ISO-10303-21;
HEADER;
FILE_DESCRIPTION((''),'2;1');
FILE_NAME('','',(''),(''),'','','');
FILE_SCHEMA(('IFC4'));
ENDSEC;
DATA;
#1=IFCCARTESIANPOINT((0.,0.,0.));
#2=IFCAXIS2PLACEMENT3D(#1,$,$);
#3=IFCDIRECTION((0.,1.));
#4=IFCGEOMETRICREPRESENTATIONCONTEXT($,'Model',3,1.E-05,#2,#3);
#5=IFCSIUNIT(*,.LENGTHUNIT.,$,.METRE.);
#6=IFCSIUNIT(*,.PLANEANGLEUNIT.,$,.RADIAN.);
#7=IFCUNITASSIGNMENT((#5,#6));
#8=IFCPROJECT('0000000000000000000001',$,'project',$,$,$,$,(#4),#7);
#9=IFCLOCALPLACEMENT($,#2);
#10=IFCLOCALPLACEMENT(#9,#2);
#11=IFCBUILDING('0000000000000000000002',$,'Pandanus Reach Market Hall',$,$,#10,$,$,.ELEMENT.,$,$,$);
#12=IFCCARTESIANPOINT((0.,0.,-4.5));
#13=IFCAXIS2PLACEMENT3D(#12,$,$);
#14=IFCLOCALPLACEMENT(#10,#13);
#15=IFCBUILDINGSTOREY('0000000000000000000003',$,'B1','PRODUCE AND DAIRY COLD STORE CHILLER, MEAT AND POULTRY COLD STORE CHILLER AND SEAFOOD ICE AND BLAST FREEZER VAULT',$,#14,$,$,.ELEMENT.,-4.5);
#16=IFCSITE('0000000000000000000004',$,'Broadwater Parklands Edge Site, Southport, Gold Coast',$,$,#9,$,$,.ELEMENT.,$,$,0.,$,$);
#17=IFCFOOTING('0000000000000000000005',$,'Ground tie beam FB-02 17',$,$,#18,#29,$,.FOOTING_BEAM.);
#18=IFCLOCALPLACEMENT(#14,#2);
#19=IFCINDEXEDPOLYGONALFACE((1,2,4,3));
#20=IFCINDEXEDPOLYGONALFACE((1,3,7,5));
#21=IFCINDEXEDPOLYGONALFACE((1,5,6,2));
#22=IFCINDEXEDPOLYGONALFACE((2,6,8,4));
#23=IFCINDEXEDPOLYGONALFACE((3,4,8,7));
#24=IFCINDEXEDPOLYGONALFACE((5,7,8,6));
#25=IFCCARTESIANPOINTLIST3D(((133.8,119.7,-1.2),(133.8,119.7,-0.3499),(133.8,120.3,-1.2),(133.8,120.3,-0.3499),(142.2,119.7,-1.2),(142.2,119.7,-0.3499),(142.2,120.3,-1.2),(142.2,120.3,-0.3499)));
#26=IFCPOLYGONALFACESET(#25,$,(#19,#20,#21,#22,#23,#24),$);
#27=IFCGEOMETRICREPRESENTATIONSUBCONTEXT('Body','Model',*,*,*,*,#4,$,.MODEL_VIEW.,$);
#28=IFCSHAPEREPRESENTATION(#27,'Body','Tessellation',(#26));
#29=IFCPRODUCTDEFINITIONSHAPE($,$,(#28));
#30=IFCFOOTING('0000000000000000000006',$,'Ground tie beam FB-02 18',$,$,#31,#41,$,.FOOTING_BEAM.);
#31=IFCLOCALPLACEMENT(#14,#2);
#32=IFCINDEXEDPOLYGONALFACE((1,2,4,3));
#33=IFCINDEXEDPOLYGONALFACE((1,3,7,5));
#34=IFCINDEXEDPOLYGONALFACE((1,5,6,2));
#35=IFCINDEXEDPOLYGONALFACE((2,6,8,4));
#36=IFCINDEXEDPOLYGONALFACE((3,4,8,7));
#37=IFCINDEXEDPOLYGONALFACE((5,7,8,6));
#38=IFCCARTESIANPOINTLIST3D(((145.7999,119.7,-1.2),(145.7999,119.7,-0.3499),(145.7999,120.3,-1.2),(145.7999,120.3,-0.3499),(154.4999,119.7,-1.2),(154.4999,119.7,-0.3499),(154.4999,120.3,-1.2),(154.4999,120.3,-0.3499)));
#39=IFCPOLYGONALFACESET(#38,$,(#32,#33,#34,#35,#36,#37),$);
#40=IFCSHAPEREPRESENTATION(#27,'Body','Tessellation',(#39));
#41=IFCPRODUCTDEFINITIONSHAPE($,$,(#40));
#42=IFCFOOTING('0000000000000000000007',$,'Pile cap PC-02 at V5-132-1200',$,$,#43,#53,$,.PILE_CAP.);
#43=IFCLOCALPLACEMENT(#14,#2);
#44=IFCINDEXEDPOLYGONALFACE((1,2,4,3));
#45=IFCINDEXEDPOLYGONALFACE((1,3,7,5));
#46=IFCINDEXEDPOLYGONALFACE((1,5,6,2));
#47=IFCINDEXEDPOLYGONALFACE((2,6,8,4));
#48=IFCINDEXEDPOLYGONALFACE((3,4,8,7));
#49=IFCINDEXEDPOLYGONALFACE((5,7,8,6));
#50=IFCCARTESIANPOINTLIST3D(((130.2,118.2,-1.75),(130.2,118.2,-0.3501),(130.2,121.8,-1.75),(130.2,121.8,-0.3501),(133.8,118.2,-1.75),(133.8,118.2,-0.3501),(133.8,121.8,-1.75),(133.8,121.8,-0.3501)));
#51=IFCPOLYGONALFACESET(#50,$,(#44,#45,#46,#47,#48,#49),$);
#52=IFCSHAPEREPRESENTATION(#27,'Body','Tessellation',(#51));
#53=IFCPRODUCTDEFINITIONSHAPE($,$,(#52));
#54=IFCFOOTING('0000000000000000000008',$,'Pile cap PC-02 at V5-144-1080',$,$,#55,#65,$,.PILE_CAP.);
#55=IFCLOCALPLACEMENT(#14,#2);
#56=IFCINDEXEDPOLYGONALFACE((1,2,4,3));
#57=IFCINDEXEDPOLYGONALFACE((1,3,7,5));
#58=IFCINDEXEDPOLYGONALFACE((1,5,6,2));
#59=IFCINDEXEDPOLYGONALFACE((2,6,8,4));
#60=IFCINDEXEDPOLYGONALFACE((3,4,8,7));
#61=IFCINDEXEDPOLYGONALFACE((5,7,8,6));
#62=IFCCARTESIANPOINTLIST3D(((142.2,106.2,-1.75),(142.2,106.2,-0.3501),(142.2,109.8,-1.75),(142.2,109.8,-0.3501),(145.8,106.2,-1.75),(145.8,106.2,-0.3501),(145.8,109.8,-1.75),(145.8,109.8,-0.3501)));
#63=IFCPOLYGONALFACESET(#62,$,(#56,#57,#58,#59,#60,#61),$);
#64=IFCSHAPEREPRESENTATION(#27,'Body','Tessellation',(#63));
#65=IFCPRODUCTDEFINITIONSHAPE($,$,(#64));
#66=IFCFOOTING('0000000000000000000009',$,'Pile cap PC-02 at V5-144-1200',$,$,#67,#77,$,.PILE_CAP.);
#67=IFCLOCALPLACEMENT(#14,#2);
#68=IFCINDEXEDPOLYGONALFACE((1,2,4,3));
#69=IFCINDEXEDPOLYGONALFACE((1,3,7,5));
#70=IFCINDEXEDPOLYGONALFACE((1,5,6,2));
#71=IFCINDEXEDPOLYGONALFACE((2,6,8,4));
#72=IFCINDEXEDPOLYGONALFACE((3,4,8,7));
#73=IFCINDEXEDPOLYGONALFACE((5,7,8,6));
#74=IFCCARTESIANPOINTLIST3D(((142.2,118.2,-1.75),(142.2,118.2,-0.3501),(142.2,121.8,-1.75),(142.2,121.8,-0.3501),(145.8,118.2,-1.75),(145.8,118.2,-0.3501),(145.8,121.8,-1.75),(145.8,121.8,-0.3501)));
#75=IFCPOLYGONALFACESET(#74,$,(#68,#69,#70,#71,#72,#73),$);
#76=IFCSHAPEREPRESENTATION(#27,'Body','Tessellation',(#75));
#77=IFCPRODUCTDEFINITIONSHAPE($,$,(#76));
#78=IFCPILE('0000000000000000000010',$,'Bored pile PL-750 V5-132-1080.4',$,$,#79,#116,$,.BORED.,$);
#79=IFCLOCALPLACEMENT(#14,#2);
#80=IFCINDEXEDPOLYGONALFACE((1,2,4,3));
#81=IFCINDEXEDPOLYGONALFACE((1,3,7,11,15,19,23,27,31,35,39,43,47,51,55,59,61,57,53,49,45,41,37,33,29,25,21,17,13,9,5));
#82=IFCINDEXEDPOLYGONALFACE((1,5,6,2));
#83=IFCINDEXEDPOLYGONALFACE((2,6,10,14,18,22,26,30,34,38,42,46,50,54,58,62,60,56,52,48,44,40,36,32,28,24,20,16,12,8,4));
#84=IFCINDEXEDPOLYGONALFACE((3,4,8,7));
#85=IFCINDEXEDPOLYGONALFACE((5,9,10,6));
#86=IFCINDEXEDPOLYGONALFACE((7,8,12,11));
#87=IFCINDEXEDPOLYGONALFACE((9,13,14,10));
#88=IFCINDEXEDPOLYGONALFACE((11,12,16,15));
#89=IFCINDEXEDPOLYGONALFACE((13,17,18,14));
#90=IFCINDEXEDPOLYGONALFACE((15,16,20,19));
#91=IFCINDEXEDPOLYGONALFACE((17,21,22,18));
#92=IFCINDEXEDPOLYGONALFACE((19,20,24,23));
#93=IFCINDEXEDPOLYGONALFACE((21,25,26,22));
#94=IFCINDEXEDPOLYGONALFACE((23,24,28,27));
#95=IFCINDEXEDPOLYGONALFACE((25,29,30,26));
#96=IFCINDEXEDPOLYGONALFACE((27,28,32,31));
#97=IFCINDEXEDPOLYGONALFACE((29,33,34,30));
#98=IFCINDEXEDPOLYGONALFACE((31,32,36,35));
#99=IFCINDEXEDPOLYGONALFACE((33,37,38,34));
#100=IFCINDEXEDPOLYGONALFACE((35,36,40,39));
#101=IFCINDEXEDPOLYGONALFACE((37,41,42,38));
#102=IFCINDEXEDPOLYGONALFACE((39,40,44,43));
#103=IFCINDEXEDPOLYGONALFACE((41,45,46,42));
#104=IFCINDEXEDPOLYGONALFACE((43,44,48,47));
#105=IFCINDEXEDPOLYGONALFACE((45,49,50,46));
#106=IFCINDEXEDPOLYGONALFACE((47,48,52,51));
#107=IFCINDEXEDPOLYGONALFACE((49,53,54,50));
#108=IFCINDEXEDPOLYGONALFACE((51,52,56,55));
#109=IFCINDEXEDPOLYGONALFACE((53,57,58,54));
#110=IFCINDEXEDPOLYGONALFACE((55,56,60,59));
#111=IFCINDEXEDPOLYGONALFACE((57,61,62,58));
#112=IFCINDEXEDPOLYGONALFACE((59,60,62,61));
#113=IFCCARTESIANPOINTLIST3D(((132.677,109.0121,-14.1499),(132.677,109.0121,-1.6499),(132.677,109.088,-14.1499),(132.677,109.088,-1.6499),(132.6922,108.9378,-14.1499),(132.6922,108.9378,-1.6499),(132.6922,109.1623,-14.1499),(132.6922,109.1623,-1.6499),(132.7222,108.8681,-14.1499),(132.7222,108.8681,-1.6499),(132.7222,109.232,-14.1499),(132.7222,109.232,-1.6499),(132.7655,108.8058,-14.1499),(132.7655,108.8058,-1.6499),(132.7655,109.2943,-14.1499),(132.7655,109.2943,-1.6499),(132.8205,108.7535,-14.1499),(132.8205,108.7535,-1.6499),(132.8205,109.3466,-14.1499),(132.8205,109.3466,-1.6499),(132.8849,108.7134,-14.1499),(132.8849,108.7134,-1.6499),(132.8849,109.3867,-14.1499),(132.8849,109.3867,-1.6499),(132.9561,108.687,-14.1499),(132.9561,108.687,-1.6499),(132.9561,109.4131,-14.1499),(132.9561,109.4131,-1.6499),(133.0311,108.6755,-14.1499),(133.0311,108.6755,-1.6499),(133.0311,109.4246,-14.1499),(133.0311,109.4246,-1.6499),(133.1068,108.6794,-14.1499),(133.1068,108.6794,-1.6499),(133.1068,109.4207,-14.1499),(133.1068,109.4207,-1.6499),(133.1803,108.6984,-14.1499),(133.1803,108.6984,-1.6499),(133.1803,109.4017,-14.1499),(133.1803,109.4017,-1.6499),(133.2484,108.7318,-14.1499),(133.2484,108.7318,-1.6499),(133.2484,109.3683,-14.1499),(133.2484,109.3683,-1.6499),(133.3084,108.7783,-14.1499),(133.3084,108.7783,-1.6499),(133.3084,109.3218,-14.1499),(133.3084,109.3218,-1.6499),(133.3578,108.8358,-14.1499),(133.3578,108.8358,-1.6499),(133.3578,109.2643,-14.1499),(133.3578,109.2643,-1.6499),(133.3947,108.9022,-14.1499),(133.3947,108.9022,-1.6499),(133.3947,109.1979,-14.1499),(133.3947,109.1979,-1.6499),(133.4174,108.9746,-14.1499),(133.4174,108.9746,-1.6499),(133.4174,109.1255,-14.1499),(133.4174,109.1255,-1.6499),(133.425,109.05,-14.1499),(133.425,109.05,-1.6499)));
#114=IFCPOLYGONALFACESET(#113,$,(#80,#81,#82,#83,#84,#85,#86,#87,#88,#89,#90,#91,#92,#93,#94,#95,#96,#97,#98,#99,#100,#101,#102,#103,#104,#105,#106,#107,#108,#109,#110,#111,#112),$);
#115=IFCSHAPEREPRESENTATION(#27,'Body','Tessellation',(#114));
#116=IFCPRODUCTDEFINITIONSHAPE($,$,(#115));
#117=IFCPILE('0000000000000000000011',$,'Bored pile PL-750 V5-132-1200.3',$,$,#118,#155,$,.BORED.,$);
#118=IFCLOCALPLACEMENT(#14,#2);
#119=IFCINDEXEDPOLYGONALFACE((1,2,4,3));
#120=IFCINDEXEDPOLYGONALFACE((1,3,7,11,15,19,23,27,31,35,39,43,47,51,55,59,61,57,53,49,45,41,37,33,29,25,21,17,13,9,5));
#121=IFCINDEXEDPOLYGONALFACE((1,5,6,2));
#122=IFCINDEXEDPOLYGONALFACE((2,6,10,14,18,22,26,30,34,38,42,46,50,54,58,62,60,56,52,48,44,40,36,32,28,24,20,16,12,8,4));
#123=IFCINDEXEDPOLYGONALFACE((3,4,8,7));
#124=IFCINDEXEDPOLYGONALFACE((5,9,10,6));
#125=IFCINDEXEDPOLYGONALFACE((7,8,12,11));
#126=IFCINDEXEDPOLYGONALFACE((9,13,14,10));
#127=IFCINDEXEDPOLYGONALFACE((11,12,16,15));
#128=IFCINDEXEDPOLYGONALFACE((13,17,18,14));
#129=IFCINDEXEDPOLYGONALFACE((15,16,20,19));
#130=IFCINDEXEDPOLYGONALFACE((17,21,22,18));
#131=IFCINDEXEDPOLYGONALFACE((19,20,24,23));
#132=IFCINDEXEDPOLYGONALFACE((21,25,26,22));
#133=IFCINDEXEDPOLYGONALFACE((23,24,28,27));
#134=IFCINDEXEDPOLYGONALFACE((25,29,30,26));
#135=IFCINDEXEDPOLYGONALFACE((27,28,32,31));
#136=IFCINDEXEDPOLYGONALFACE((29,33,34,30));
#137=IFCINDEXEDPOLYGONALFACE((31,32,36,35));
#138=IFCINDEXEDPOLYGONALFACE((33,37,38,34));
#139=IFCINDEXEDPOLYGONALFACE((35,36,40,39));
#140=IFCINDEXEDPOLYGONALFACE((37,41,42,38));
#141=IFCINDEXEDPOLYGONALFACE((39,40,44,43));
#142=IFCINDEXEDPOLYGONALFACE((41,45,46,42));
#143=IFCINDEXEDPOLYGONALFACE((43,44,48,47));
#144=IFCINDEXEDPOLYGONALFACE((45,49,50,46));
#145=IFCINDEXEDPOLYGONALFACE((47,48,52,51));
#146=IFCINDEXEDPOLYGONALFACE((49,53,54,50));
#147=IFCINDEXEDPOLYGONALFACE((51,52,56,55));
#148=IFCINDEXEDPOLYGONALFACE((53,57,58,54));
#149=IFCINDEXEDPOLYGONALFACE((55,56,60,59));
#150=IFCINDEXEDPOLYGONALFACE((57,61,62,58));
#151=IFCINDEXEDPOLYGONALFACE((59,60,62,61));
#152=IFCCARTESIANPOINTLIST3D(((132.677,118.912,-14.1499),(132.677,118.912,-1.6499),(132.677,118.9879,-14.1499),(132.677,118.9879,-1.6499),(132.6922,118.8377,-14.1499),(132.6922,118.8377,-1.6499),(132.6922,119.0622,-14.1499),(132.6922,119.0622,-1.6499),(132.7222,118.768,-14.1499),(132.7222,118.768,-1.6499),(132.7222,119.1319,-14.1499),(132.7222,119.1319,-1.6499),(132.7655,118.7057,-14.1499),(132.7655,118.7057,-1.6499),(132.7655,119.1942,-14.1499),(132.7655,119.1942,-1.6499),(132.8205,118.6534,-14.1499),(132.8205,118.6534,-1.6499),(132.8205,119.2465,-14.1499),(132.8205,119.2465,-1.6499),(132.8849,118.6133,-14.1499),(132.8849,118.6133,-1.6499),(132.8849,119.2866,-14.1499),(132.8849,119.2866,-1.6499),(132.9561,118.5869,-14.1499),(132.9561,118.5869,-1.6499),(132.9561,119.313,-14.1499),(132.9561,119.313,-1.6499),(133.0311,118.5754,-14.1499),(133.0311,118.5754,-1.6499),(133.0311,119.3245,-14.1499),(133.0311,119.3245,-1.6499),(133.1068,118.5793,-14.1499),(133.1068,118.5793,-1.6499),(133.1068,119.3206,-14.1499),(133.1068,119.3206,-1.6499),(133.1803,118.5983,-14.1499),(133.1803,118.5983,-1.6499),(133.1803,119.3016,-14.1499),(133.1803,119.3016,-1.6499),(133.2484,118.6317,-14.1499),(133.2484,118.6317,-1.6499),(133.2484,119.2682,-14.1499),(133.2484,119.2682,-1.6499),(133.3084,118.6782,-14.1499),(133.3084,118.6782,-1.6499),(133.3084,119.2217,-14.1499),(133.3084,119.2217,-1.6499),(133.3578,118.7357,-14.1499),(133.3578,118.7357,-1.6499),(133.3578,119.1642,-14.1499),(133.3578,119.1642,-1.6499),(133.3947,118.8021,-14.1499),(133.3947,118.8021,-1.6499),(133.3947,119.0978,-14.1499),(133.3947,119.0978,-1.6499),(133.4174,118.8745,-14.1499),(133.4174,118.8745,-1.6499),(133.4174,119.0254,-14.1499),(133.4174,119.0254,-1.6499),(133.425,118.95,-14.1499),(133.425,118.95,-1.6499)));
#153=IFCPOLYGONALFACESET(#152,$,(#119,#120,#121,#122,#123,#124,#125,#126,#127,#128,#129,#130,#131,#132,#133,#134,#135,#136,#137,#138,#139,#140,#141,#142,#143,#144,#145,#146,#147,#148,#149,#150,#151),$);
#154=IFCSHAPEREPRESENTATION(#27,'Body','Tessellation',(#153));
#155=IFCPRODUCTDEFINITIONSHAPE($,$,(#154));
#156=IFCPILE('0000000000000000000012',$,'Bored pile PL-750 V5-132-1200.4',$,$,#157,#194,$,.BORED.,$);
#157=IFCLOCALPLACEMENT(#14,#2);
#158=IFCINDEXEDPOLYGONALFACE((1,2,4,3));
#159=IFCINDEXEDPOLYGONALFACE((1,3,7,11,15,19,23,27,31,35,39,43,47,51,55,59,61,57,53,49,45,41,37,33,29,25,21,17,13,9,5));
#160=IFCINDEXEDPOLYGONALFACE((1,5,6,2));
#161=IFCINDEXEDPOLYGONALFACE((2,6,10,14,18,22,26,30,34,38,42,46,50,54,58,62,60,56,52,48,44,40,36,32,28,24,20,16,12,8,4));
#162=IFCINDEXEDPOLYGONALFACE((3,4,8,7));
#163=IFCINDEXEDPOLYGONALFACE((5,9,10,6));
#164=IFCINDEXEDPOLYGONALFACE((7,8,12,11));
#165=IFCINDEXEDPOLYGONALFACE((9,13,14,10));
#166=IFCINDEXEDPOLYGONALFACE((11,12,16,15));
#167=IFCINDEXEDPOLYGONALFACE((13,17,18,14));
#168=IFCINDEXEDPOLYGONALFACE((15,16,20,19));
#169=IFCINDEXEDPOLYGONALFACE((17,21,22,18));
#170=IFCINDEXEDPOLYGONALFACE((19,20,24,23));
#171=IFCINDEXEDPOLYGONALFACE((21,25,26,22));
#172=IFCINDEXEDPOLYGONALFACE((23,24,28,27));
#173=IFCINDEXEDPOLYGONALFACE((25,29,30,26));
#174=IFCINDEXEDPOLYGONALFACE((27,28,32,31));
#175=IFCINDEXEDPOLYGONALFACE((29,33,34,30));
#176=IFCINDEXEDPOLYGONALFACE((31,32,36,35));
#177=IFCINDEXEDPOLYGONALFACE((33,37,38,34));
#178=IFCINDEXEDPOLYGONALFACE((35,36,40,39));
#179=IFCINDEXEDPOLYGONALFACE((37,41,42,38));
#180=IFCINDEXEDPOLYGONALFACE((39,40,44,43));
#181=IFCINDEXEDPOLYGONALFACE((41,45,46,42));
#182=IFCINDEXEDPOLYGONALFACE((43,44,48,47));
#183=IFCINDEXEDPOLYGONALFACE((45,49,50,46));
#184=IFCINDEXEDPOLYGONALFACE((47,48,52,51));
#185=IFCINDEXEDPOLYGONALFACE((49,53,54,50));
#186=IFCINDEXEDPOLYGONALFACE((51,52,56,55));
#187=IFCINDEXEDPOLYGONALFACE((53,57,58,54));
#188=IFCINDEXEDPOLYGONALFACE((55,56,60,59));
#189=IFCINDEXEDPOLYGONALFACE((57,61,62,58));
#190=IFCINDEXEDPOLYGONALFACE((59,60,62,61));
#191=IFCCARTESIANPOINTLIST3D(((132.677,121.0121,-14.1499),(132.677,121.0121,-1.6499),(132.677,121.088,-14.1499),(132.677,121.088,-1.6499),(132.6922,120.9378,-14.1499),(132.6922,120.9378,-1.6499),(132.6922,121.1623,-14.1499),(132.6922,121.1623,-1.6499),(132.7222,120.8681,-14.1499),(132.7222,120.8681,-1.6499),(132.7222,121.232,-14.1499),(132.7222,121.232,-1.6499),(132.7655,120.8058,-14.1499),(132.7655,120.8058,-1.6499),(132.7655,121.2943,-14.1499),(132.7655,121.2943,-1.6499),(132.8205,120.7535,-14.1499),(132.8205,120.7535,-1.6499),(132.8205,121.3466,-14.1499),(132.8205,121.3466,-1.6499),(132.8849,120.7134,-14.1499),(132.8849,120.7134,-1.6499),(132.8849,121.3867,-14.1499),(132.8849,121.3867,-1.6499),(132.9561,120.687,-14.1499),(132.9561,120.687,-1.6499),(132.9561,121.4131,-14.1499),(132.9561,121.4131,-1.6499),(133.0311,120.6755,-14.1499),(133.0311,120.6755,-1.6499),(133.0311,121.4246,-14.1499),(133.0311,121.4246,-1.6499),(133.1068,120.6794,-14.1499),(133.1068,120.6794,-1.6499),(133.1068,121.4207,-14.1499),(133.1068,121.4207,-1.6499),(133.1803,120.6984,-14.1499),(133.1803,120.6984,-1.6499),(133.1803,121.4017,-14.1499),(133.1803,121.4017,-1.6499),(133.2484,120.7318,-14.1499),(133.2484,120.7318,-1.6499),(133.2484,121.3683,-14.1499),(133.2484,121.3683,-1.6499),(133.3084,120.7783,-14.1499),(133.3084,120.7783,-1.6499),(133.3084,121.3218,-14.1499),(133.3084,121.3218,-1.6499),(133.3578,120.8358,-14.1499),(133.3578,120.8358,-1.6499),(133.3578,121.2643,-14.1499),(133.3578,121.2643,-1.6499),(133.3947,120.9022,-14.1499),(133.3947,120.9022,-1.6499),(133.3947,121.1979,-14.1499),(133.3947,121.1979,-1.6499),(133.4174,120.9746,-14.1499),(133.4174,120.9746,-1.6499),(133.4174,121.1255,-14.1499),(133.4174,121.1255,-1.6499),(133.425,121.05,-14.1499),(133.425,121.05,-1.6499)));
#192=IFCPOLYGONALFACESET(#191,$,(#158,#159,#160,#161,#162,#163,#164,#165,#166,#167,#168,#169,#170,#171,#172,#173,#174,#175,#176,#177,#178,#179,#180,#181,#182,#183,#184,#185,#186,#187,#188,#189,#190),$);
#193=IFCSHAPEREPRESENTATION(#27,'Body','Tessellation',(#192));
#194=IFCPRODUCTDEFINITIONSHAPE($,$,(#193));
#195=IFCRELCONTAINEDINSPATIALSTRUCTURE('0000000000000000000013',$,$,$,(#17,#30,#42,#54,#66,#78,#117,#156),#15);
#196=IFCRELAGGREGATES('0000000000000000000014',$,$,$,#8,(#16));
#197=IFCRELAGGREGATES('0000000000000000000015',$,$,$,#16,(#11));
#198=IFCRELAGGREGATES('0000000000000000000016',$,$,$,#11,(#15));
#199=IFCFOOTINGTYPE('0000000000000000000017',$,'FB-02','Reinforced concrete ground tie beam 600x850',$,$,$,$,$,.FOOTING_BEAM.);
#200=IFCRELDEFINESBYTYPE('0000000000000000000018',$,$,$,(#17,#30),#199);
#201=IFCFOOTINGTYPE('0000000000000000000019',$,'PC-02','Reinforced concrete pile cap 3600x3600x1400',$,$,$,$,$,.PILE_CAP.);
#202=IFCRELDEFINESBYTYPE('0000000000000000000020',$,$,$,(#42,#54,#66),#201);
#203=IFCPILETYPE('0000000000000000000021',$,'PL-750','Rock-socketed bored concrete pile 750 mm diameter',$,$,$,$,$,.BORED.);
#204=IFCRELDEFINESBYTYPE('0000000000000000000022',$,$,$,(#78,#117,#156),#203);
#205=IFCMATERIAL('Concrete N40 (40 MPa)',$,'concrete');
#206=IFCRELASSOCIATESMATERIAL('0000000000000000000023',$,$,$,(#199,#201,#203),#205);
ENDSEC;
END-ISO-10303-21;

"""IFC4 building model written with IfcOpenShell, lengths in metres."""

from ifc_helpers import new_model, si_unit, direction, frame, origin, origin_2d, place, context, subcontext, project, spatial, rectangle, circle, extrude, material, material_profile, profile_set, type_object, element, save


model = new_model("IFC4")

# Units and contexts
model_context = context("Model", 3, precision=1e-05, world=origin(), true_north=direction((0.0, 1.0)))
body_context = subcontext(model_context, "Body", "Model", "MODEL_VIEW")
ifc_project = project(units=[si_unit("LENGTHUNIT", "METRE"), si_unit("PLANEANGLEUNIT", "RADIAN")], contexts=[model_context])

# Site, building, storey
site_placement = place(None, origin())
site = spatial("IfcSite", under=ifc_project, at=site_placement, Name="Broadwater Parklands Edge Site, Southport, Gold Coast", CompositionType="ELEMENT", RefElevation=0.0)
building_placement = place(site_placement, origin())
building = spatial("IfcBuilding", under=site, at=building_placement, Name="Pandanus Reach Market Hall", CompositionType="ELEMENT")
storey_placement = place(building_placement, frame((0.0, 0.0, -4.5)))
storey = spatial("IfcBuildingStorey", under=building, at=storey_placement, Name="B1", Description="PRODUCE AND DAIRY COLD STORE CHILLER, MEAT AND POULTRY COLD STORE CHILLER AND SEAFOOD ICE AND BLAST FREEZER VAULT", CompositionType="ELEMENT", Elevation=-4.5)

# Footings
ifc_material_1 = material(Name="Concrete N40 (40 MPa)", Category="concrete")
footing_type_1 = type_object("IfcFootingType", Name="FB-02", Description="Reinforced concrete ground tie beam 600x850", PredefinedType="FOOTING_BEAM", material=ifc_material_1)
footing_1_placement = place(storey_placement, frame((138.0, 120.0, -1.2), z_axis=(0.0, 0.0, 1.0), x_axis=(1.0, 0.0, 0.0)))
element("IfcFooting", 1, at=footing_1_placement, inside=storey, type_object=footing_type_1, Name="Ground tie beam FB-02 17", PredefinedType="FOOTING_BEAM", context=body_context, shape_type="SweptSolid", body=[
    extrude(rectangle(XDim=8.3999, YDim=0.6001, at=origin_2d()), origin(), (0.0, 0.0, 1.0), 0.8501),
])
footing_2_placement = place(storey_placement, frame((150.1499, 120.0, -1.2), z_axis=(0.0, 0.0, 1.0), x_axis=(1.0, 0.0, 0.0)))
element("IfcFooting", 2, at=footing_2_placement, inside=storey, type_object=footing_type_1, Name="Ground tie beam FB-02 18", PredefinedType="FOOTING_BEAM", context=body_context, shape_type="SweptSolid", body=[
    extrude(rectangle(XDim=8.7, YDim=0.6001, at=origin_2d()), origin(), (0.0, 0.0, 1.0), 0.8501),
])
footing_type_2 = type_object("IfcFootingType", Name="PC-02", Description="Reinforced concrete pile cap 3600x3600x1400", PredefinedType="PILE_CAP", material=ifc_material_1)
for number, where, z_axis, x_axis, name in (
    (3, (132.0, 120.0, -1.75), (0.0, 0.0, 1.0), (1.0, 0.0, 0.0), "Pile cap PC-02 at V5-132-1200"),
    (4, (144.0, 108.0, -1.75), (0.0, 0.0, 1.0), (1.0, 0.0, 0.0), "Pile cap PC-02 at V5-144-1080"),
    (5, (144.0, 120.0, -1.75), (0.0, 0.0, 1.0), (1.0, 0.0, 0.0), "Pile cap PC-02 at V5-144-1200"),
):
    element("IfcFooting", number, at=place(storey_placement, frame(where, z_axis=z_axis, x_axis=x_axis)), inside=storey, type_object=footing_type_2, Name=name, PredefinedType="PILE_CAP", context=body_context, shape_type="SweptSolid", body=[
        extrude(rectangle(XDim=3.6001, YDim=3.6001, at=origin_2d()), origin(), (0.0, 0.0, 1.0), 1.3999),
    ])

# Piles
ifc_material_profile_1 = material_profile(ifc_material_1, circle(Radius=0.375, at=origin_2d()), Name="PILE-750D", Category="LoadBearing")
ifc_profile_set_1 = profile_set([ifc_material_profile_1], Name="Concrete N40 (40 MPa)")
pile_type = type_object("IfcPileType", Name="PL-750", Description="Rock-socketed bored concrete pile 750 mm diameter", PredefinedType="BORED", material=ifc_profile_set_1)
for number, where, z_axis, x_axis, name in (
    (6, (133.05, 109.05, -1.6499), (0.0, 0.0, -1.0), (1.0, 0.0, 0.0), "Bored pile PL-750 V5-132-1080.4"),
    (7, (133.05, 118.95, -1.6499), (0.0, 0.0, -1.0), (1.0, 0.0, 0.0), "Bored pile PL-750 V5-132-1200.3"),
    (8, (133.05, 121.05, -1.6499), (0.0, 0.0, -1.0), (1.0, 0.0, 0.0), "Bored pile PL-750 V5-132-1200.4"),
):
    element("IfcPile", number, at=place(storey_placement, frame(where, z_axis=z_axis, x_axis=x_axis)), inside=storey, type_object=pile_type, Name=name, PredefinedType="BORED", context=body_context, shape_type="SweptSolid", body=[
        extrude(circle(Radius=0.375, at=origin_2d()), origin(), (0.0, 0.0, 1.0), 12.5),
    ])

save(model, "model.ifc")
